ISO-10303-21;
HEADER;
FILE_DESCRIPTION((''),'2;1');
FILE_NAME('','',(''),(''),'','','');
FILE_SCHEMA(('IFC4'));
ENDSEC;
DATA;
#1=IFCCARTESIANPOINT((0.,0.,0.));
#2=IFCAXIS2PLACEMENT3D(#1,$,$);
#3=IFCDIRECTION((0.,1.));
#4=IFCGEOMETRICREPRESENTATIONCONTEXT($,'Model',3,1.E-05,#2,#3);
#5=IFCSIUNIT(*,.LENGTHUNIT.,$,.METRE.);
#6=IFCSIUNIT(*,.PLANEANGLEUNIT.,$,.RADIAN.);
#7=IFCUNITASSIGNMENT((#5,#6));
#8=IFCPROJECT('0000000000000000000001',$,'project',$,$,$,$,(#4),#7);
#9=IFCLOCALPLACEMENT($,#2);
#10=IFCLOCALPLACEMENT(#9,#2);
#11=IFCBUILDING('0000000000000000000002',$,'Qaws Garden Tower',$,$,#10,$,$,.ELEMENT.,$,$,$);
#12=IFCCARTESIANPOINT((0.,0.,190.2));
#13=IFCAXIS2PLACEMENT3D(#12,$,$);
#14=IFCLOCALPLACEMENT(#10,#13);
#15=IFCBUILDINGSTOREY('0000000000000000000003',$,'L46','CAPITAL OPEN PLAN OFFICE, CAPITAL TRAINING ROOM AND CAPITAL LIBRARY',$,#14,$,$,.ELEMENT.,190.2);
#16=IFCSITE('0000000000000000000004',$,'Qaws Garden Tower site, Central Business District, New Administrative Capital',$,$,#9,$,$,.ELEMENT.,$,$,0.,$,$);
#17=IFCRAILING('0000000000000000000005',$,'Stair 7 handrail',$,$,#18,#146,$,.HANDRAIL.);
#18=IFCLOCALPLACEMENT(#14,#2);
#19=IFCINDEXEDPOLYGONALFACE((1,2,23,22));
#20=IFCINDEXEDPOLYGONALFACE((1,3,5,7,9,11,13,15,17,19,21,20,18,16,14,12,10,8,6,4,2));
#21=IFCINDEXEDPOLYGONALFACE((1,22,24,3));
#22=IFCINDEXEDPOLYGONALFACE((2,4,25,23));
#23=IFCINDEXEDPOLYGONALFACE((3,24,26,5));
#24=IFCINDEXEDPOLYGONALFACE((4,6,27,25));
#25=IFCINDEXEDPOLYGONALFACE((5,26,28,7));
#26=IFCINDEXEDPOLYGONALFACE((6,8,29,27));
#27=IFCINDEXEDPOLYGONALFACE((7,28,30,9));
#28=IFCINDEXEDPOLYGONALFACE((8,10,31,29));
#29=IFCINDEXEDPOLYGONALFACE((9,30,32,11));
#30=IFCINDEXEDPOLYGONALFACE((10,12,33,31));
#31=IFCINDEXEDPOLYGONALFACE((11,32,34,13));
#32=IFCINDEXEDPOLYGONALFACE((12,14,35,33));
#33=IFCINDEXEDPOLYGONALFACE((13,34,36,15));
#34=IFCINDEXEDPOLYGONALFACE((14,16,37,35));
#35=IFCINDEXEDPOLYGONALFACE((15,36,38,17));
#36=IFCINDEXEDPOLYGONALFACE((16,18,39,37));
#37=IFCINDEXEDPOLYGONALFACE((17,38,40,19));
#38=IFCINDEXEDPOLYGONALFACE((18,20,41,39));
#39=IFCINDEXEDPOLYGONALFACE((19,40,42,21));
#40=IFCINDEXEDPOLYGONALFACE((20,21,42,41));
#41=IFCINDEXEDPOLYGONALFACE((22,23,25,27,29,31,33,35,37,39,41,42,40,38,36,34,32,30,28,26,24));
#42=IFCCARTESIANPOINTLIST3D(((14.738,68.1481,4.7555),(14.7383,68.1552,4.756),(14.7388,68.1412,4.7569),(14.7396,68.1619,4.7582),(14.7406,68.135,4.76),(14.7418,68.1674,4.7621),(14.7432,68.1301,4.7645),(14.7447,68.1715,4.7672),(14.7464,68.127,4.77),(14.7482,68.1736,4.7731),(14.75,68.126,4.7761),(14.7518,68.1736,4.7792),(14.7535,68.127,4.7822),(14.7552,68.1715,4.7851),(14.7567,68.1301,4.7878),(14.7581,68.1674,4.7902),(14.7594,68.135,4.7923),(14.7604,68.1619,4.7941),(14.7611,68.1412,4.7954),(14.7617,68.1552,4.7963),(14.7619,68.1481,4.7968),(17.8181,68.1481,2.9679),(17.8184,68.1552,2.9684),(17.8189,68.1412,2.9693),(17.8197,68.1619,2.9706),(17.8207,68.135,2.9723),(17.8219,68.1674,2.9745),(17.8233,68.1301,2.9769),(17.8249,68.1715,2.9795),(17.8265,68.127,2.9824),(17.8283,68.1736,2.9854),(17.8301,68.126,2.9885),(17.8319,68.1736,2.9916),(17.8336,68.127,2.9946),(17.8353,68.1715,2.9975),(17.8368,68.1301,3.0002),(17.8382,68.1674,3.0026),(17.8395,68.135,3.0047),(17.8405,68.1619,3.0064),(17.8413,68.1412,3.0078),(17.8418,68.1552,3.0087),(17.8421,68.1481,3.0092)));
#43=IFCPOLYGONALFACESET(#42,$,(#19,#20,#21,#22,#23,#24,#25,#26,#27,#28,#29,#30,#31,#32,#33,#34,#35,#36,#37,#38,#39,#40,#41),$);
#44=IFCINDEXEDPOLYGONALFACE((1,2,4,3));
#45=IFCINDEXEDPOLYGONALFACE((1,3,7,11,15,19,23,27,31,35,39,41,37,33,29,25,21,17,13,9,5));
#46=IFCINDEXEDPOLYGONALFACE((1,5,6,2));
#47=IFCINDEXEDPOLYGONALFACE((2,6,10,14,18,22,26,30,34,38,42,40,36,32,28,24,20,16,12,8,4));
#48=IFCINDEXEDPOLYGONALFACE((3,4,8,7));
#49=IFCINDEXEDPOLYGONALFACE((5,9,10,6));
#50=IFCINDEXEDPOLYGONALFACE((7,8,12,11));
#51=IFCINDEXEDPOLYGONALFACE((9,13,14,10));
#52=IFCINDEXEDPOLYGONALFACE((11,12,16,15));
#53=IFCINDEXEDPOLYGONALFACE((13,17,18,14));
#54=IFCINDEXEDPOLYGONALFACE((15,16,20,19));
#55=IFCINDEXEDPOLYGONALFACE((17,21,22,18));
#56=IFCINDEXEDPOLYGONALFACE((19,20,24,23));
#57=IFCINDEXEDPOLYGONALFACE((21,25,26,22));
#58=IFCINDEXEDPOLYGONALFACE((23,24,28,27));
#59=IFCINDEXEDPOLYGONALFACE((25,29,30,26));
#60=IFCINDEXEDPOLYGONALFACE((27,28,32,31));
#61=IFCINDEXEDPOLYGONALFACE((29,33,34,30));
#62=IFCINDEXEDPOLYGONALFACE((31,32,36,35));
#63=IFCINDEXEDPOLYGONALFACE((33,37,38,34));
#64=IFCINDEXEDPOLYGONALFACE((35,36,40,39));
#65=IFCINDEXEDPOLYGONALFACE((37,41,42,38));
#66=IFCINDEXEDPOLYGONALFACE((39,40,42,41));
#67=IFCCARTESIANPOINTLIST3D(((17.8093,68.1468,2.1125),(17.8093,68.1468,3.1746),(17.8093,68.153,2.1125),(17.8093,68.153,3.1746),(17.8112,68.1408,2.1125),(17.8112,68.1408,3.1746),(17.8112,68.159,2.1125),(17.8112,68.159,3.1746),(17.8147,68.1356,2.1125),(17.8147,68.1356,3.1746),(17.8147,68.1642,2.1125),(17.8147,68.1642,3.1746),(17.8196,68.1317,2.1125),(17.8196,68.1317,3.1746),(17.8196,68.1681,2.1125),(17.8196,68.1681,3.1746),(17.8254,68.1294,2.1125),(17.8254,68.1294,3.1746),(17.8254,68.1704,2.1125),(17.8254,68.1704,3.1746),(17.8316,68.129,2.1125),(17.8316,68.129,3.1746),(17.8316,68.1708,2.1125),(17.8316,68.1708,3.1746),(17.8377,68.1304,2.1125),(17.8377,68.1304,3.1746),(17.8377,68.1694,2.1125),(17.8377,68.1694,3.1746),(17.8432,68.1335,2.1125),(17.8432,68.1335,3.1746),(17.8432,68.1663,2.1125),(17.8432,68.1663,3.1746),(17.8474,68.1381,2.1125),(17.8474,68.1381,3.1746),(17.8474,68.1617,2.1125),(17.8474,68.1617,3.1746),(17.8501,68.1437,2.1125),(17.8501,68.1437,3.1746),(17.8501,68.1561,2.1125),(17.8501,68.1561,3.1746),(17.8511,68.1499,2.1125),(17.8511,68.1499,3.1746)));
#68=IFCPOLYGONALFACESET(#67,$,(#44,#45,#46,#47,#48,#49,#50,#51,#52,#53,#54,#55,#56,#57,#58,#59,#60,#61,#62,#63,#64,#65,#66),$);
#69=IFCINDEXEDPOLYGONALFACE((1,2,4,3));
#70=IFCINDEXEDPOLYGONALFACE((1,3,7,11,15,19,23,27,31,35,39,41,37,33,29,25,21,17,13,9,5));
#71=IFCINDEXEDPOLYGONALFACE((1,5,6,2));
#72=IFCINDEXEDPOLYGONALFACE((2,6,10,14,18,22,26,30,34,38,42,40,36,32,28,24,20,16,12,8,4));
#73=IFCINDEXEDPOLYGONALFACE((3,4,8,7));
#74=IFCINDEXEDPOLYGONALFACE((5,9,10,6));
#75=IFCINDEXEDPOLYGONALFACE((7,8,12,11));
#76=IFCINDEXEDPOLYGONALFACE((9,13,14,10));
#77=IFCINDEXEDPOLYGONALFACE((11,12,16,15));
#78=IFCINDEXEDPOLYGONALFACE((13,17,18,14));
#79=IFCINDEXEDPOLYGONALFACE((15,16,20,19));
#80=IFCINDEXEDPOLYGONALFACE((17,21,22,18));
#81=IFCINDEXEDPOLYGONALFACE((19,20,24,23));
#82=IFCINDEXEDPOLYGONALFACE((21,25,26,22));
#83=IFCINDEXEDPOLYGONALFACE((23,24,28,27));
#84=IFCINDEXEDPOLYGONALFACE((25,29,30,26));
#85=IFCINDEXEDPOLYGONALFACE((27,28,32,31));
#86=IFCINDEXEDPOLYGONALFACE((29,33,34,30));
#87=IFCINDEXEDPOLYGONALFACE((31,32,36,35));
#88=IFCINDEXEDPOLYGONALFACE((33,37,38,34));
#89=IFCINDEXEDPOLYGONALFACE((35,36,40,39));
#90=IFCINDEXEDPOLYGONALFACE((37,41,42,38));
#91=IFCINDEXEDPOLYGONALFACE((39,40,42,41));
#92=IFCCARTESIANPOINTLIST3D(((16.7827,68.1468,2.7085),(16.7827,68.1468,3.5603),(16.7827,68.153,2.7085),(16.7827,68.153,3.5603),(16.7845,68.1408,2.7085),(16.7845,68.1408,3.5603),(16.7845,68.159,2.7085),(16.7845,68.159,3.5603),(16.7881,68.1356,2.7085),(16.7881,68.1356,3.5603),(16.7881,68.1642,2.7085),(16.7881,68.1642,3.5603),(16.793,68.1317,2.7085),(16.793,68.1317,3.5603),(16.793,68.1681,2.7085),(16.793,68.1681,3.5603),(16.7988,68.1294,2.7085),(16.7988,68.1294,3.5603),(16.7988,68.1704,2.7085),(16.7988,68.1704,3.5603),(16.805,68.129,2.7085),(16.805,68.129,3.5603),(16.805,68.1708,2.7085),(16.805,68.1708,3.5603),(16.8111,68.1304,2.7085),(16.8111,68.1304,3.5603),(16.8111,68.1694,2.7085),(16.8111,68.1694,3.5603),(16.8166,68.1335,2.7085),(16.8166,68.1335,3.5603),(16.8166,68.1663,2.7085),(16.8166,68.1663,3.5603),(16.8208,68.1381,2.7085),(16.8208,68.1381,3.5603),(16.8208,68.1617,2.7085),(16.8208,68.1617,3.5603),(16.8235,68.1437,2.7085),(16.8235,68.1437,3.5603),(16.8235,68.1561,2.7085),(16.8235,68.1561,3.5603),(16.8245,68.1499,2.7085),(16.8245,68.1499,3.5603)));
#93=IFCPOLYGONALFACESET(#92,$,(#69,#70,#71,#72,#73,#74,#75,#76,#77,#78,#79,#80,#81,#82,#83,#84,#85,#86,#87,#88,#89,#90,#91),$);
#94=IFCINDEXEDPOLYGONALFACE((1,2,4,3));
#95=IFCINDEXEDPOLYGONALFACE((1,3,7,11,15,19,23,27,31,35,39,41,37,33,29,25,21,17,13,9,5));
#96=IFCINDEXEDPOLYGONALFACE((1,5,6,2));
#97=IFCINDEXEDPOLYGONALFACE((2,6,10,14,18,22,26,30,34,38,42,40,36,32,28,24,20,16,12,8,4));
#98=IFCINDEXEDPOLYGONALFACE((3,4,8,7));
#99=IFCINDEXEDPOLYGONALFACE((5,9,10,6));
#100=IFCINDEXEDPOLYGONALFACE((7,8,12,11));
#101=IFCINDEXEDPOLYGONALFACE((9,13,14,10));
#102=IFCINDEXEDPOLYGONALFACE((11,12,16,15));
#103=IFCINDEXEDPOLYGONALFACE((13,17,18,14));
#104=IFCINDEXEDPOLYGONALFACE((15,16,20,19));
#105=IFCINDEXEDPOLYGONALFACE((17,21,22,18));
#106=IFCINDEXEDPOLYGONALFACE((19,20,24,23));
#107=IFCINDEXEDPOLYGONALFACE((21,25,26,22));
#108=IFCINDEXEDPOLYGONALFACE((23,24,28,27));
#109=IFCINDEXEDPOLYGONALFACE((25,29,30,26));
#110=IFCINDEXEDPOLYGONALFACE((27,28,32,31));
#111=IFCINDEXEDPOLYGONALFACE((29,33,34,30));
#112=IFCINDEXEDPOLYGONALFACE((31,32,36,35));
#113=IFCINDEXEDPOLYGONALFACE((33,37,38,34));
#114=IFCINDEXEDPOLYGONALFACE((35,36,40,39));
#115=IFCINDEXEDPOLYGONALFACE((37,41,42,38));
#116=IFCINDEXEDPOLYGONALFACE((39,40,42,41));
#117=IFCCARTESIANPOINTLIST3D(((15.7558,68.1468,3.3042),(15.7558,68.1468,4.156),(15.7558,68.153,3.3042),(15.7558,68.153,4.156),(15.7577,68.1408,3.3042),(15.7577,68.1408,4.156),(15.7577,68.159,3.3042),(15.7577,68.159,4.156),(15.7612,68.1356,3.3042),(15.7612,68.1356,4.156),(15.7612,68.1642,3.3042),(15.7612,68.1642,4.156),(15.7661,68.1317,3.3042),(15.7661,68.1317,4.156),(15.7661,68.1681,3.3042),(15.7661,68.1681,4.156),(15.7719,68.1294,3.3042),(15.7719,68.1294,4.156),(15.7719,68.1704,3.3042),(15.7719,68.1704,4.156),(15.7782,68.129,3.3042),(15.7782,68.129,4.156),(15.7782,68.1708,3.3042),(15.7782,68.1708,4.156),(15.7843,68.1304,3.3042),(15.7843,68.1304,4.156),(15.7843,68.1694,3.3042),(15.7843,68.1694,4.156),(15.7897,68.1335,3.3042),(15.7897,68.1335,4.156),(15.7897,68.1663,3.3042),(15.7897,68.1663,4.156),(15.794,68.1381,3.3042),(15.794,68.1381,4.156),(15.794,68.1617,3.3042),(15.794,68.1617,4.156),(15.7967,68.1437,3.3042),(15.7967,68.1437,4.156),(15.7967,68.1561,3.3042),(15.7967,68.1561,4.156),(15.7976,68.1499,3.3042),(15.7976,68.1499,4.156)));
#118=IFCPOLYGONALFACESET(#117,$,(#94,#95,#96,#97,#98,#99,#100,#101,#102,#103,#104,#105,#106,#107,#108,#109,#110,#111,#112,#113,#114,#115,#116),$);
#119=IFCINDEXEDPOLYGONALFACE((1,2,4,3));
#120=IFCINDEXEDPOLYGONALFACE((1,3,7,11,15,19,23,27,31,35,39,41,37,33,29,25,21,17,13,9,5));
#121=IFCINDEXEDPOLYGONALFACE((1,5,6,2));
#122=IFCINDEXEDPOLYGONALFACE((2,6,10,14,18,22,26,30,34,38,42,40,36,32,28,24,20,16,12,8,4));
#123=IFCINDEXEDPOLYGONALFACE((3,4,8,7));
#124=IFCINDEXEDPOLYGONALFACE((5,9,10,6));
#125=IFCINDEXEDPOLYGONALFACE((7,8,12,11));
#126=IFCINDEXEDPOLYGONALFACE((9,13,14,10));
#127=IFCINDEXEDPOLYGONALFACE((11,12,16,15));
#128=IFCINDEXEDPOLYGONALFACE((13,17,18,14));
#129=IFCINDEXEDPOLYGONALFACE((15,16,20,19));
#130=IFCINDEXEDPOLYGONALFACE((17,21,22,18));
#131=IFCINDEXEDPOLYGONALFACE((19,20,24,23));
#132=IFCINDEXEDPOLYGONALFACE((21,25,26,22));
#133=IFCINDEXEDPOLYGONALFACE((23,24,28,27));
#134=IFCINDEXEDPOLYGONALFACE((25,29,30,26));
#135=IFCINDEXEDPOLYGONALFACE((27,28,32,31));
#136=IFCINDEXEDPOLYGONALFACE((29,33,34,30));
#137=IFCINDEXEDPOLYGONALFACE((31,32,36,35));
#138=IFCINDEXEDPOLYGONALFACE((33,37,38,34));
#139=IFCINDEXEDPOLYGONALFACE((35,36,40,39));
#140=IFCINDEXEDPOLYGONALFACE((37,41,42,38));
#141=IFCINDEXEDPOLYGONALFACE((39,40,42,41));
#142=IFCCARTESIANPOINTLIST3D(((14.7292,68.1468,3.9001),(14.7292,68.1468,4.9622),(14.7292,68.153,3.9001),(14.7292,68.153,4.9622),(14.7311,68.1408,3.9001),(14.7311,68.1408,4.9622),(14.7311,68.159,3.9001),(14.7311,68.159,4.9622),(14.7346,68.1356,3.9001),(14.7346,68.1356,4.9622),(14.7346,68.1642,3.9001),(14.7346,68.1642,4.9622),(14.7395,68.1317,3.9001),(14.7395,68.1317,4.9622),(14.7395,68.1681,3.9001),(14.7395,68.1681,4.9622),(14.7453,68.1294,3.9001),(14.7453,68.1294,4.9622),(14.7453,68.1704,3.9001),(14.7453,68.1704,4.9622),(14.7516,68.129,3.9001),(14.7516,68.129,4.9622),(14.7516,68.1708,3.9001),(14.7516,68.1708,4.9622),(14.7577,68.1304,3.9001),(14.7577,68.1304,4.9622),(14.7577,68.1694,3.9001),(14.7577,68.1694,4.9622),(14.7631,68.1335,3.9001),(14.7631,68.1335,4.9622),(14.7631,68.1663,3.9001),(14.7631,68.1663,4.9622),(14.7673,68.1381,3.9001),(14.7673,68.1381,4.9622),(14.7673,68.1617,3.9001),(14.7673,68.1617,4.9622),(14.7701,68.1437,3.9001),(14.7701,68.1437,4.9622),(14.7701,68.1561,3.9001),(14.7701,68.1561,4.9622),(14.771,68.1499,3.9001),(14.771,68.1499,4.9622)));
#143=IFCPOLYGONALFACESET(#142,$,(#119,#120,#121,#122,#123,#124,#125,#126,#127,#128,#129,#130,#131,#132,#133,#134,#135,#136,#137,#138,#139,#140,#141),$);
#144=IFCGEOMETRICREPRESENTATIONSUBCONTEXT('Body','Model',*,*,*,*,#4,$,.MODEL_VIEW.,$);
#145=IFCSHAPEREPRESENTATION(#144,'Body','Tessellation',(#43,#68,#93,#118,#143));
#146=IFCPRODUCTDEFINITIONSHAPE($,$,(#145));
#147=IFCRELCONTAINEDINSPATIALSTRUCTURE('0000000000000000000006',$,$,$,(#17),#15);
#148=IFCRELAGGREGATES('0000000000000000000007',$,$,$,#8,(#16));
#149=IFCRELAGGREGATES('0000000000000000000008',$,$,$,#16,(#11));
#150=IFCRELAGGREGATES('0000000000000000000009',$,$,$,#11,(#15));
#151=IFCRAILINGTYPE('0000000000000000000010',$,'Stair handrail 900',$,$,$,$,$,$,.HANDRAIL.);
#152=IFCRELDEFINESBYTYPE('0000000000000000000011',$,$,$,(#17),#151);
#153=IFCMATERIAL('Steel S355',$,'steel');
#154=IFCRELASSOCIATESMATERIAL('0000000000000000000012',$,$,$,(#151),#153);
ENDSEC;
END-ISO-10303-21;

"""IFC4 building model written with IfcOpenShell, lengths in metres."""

from ifc_helpers import new_model, si_unit, direction, frame, origin, origin_2d, place, context, subcontext, project, spatial, circle, extrude, material, type_object, element, save


model = new_model("IFC4")

# Units and contexts
model_context = context("Model", 3, precision=1e-05, world=origin(), true_north=direction((0.0, 1.0)))
body_context = subcontext(model_context, "Body", "Model", "MODEL_VIEW")
ifc_project = project(units=[si_unit("LENGTHUNIT", "METRE"), si_unit("PLANEANGLEUNIT", "RADIAN")], contexts=[model_context])

# Site, building, storey
site_placement = place(None, origin())
site = spatial("IfcSite", under=ifc_project, at=site_placement, Name="Qaws Garden Tower site, Central Business District, New Administrative Capital", CompositionType="ELEMENT", RefElevation=0.0)
building_placement = place(site_placement, origin())
building = spatial("IfcBuilding", under=site, at=building_placement, Name="Qaws Garden Tower", CompositionType="ELEMENT")
storey_placement = place(building_placement, frame((0.0, 0.0, 190.2)))
storey = spatial("IfcBuildingStorey", under=building, at=storey_placement, Name="L46", Description="CAPITAL OPEN PLAN OFFICE, CAPITAL TRAINING ROOM AND CAPITAL LIBRARY", CompositionType="ELEMENT", Elevation=190.2)

# Railing
ifc_material_1 = material(Name="Steel S355", Category="steel")
railing_type = type_object("IfcRailingType", Name="Stair handrail 900", PredefinedType="HANDRAIL", material=ifc_material_1)
railing_1_placement = place(storey_placement, frame((17.8301, 68.1499, 2.1125)))
element("IfcRailing", 1, at=railing_1_placement, inside=storey, type_object=railing_type, Name="Stair 7 handrail", PredefinedType="HANDRAIL", context=body_context, shape_type="SweptSolid", body=[
    extrude(circle(Radius=0.0239, at=origin_2d()), frame((0.0, 0.0, 0.876), z_axis=(-0.864891, 0.0, 0.50196), x_axis=(0.0, -1.0, 0.0)), (0.0, 0.0, 1.0), 3.5613),
    extrude(circle(Radius=0.021, at=origin_2d()), origin(), (0.0, 0.0, 1.0), 1.062),
    extrude(circle(Radius=0.021, at=origin_2d()), frame((-1.0266, 0.0, 0.5959)), (0.0, 0.0, 1.0), 0.8518),
    extrude(circle(Radius=0.021, at=origin_2d()), frame((-2.0535, 0.0, 1.1917)), (0.0, 0.0, 1.0), 0.8518),
    extrude(circle(Radius=0.021, at=origin_2d()), frame((-3.0801, 0.0, 1.7876)), (0.0, 0.0, 1.0), 1.062),
])

save(model, "model.ifc")
